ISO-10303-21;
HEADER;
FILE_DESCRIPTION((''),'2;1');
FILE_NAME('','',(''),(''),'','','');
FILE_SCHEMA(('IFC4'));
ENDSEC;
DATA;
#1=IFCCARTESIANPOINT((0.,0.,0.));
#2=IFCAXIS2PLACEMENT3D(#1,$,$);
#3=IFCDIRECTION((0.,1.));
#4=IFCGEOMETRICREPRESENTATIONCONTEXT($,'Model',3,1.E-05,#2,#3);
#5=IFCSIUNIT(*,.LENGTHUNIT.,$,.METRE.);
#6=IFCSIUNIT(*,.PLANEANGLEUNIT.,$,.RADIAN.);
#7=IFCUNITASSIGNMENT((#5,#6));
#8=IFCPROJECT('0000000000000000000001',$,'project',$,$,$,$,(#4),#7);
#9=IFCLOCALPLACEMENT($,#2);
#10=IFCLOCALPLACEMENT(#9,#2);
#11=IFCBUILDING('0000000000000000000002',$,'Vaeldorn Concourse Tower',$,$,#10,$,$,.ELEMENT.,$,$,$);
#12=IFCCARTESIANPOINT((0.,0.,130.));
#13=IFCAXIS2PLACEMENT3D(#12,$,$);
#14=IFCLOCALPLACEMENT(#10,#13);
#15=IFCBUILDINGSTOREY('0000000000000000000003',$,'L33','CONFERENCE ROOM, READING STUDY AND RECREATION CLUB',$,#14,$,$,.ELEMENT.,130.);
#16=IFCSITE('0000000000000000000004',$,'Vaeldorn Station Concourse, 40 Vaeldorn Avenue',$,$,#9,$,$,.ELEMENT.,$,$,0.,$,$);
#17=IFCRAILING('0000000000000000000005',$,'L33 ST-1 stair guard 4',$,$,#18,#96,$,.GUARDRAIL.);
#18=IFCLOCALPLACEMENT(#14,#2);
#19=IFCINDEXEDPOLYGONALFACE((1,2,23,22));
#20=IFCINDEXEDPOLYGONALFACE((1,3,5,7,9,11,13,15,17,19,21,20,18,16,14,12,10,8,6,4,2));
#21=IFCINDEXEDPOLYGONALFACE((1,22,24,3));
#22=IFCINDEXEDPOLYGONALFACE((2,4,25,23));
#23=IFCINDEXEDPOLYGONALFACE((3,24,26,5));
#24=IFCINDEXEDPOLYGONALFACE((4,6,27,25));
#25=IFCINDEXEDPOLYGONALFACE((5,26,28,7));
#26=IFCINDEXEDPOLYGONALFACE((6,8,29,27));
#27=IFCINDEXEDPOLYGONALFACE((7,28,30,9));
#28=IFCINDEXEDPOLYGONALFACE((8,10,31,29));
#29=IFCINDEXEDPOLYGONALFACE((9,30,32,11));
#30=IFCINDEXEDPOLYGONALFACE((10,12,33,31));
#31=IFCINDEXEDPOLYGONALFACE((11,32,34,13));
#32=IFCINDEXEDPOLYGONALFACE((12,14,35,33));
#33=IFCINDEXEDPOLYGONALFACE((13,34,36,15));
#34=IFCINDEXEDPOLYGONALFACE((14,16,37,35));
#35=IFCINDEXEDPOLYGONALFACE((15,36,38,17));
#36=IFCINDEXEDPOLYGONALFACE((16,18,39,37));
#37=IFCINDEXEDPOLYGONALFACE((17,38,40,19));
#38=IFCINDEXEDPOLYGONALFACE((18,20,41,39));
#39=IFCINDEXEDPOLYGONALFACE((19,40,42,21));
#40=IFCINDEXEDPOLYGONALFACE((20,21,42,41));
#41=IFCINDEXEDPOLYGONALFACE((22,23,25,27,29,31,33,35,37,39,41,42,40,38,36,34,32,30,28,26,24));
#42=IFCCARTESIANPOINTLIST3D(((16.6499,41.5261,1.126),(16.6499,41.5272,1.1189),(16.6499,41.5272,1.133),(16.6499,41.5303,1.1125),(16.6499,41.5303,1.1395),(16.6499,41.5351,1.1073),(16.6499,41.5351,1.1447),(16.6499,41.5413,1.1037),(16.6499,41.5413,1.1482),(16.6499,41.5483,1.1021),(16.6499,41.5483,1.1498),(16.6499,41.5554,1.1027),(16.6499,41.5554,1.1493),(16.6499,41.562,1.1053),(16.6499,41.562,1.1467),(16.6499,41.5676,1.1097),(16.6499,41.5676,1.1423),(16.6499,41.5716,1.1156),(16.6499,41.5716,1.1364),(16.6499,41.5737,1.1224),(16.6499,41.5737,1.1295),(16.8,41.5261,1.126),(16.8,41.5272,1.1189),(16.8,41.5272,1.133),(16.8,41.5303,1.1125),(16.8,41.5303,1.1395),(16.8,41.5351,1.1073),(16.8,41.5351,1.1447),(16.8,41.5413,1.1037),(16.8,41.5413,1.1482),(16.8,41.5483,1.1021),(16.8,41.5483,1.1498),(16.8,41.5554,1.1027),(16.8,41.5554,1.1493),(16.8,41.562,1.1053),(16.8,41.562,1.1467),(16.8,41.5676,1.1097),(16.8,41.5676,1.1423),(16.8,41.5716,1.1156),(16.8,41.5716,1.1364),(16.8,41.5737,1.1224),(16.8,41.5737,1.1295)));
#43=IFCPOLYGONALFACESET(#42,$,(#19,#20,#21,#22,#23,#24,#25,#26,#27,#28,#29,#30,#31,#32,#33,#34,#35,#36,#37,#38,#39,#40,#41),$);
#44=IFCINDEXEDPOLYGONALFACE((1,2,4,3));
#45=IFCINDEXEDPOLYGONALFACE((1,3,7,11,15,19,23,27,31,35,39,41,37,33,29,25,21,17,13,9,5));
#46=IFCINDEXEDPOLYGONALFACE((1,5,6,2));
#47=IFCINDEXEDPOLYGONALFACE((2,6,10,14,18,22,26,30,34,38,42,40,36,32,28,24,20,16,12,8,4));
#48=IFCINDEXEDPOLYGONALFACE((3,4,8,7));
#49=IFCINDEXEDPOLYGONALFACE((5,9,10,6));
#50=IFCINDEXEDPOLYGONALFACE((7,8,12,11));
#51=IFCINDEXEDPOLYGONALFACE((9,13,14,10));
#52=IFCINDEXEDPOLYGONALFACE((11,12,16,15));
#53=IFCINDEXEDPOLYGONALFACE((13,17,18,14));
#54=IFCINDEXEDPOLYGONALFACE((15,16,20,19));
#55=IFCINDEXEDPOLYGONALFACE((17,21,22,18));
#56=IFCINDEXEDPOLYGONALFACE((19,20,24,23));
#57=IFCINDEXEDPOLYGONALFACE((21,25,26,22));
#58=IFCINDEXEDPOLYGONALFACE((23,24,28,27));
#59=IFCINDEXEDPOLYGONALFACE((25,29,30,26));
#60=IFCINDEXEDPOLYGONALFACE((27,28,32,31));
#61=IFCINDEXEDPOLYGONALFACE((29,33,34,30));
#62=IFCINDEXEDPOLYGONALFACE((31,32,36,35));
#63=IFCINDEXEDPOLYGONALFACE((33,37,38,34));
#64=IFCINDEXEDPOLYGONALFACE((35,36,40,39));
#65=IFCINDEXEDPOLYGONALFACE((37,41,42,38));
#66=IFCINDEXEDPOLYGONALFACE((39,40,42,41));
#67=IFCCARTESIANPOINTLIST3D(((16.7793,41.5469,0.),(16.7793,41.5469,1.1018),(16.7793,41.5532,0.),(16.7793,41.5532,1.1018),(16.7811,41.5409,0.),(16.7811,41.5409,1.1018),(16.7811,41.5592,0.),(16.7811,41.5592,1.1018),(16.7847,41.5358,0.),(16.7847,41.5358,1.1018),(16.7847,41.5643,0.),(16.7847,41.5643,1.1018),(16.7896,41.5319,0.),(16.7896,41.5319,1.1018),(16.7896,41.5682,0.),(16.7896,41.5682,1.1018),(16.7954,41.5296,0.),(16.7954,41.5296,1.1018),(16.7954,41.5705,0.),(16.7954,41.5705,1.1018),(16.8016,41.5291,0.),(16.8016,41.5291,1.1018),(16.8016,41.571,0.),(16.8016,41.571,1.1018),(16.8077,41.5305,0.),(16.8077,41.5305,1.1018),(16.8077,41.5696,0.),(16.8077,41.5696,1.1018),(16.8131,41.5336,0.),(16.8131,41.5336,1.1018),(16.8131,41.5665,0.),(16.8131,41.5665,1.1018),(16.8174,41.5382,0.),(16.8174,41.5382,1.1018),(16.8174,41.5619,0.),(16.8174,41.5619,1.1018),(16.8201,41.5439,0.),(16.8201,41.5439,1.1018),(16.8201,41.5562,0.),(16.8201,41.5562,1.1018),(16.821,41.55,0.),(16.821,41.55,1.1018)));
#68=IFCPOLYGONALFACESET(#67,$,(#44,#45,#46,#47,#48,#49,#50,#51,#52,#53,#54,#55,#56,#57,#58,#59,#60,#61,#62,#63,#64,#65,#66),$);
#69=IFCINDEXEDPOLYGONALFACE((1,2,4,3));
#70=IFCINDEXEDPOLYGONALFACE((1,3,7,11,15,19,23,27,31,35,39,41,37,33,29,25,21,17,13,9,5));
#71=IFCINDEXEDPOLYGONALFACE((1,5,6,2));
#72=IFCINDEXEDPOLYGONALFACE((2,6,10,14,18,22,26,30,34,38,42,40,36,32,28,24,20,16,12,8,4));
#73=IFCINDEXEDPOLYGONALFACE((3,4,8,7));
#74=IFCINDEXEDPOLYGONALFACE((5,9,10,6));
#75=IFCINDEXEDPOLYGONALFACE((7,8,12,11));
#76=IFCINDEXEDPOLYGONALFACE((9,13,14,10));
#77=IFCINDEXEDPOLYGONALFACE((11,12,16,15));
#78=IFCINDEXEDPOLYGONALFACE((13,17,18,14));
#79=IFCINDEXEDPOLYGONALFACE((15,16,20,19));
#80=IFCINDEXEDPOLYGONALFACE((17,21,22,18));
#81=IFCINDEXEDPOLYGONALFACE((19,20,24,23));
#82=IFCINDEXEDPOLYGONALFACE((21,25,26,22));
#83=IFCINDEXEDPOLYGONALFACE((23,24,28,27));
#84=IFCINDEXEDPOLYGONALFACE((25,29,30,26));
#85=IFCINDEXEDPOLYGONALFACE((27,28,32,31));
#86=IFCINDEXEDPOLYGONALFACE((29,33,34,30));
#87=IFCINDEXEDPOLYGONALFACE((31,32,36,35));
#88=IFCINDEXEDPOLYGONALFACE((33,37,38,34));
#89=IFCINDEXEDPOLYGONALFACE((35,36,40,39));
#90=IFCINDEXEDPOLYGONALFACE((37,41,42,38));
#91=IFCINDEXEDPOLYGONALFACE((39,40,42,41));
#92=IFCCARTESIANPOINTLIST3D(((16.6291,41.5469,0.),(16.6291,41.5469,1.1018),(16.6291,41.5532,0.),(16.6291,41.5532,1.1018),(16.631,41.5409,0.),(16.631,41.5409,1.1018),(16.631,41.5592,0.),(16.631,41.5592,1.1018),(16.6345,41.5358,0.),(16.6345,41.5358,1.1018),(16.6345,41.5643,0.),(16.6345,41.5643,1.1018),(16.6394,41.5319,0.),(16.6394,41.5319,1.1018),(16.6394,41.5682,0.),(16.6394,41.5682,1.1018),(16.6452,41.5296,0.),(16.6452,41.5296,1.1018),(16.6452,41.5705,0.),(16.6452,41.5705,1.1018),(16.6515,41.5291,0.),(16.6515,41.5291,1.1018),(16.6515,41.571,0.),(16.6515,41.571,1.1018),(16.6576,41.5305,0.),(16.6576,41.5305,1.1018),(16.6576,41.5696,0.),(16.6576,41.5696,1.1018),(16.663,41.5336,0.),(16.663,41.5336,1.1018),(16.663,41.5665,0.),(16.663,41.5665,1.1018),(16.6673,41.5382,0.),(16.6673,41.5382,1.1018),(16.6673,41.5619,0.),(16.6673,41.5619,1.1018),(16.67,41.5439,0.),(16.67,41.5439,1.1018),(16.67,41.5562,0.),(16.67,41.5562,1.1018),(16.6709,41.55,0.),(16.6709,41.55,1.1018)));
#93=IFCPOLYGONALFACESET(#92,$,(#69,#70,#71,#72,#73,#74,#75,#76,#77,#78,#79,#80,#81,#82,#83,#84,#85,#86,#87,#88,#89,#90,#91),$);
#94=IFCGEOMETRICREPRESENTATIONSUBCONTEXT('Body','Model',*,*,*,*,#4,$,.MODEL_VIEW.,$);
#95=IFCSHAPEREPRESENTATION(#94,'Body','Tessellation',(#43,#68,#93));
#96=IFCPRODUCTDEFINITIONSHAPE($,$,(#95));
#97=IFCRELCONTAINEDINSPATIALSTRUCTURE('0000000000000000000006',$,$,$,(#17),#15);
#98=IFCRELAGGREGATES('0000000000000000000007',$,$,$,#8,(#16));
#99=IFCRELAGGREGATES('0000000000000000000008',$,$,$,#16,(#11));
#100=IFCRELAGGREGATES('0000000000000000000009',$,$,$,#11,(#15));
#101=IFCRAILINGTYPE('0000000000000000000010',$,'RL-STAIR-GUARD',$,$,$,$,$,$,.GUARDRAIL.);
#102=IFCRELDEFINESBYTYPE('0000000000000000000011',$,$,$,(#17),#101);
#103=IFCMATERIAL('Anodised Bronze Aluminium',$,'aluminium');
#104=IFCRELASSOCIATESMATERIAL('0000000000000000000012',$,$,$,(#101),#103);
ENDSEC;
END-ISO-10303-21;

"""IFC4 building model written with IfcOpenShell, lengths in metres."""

from ifc_helpers import new_model, si_unit, direction, frame, origin, origin_2d, place, context, subcontext, project, spatial, circle, extrude, material, type_object, element, save


model = new_model("IFC4")

# Units and contexts
model_context = context("Model", 3, precision=1e-05, world=origin(), true_north=direction((0.0, 1.0)))
body_context = subcontext(model_context, "Body", "Model", "MODEL_VIEW")
ifc_project = project(units=[si_unit("LENGTHUNIT", "METRE"), si_unit("PLANEANGLEUNIT", "RADIAN")], contexts=[model_context])

# Site, building, storey
site_placement = place(None, origin())
site = spatial("IfcSite", under=ifc_project, at=site_placement, Name="Vaeldorn Station Concourse, 40 Vaeldorn Avenue", CompositionType="ELEMENT", RefElevation=0.0)
building_placement = place(site_placement, origin())
building = spatial("IfcBuilding", under=site, at=building_placement, Name="Vaeldorn Concourse Tower", CompositionType="ELEMENT")
storey_placement = place(building_placement, frame((0.0, 0.0, 130.0)))
storey = spatial("IfcBuildingStorey", under=building, at=storey_placement, Name="L33", Description="CONFERENCE ROOM, READING STUDY AND RECREATION CLUB", CompositionType="ELEMENT", Elevation=130.0)

# Shared definitions
ifc_material_1 = material(Name="Anodised Bronze Aluminium", Category="aluminium")

# Railing
railing_type_1 = type_object("IfcRailingType", Name="RL-STAIR-GUARD", PredefinedType="GUARDRAIL", material=ifc_material_1)
railing_1_placement = place(storey_placement, frame((16.8, 41.55, 0.0)))
element("IfcRailing", 1, at=railing_1_placement, inside=storey, type_object=railing_type_1, Name="L33 ST-1 stair guard 4", PredefinedType="GUARDRAIL", context=body_context, shape_type="SweptSolid", body=[
    extrude(circle(Radius=0.0239, at=origin_2d()), frame((0.0, 0.0, 1.126), z_axis=(-1.0, 0.0, 0.0), x_axis=(0.0, -1.0, 0.0)), (0.0, 0.0, 1.0), 0.1501),
    extrude(circle(Radius=0.021, at=origin_2d()), origin(), (0.0, 0.0, 1.0), 1.1018),
    extrude(circle(Radius=0.021, at=origin_2d()), frame((-0.1501, 0.0, 0.0)), (0.0, 0.0, 1.0), 1.1018),
])

save(model, "model.ifc")
